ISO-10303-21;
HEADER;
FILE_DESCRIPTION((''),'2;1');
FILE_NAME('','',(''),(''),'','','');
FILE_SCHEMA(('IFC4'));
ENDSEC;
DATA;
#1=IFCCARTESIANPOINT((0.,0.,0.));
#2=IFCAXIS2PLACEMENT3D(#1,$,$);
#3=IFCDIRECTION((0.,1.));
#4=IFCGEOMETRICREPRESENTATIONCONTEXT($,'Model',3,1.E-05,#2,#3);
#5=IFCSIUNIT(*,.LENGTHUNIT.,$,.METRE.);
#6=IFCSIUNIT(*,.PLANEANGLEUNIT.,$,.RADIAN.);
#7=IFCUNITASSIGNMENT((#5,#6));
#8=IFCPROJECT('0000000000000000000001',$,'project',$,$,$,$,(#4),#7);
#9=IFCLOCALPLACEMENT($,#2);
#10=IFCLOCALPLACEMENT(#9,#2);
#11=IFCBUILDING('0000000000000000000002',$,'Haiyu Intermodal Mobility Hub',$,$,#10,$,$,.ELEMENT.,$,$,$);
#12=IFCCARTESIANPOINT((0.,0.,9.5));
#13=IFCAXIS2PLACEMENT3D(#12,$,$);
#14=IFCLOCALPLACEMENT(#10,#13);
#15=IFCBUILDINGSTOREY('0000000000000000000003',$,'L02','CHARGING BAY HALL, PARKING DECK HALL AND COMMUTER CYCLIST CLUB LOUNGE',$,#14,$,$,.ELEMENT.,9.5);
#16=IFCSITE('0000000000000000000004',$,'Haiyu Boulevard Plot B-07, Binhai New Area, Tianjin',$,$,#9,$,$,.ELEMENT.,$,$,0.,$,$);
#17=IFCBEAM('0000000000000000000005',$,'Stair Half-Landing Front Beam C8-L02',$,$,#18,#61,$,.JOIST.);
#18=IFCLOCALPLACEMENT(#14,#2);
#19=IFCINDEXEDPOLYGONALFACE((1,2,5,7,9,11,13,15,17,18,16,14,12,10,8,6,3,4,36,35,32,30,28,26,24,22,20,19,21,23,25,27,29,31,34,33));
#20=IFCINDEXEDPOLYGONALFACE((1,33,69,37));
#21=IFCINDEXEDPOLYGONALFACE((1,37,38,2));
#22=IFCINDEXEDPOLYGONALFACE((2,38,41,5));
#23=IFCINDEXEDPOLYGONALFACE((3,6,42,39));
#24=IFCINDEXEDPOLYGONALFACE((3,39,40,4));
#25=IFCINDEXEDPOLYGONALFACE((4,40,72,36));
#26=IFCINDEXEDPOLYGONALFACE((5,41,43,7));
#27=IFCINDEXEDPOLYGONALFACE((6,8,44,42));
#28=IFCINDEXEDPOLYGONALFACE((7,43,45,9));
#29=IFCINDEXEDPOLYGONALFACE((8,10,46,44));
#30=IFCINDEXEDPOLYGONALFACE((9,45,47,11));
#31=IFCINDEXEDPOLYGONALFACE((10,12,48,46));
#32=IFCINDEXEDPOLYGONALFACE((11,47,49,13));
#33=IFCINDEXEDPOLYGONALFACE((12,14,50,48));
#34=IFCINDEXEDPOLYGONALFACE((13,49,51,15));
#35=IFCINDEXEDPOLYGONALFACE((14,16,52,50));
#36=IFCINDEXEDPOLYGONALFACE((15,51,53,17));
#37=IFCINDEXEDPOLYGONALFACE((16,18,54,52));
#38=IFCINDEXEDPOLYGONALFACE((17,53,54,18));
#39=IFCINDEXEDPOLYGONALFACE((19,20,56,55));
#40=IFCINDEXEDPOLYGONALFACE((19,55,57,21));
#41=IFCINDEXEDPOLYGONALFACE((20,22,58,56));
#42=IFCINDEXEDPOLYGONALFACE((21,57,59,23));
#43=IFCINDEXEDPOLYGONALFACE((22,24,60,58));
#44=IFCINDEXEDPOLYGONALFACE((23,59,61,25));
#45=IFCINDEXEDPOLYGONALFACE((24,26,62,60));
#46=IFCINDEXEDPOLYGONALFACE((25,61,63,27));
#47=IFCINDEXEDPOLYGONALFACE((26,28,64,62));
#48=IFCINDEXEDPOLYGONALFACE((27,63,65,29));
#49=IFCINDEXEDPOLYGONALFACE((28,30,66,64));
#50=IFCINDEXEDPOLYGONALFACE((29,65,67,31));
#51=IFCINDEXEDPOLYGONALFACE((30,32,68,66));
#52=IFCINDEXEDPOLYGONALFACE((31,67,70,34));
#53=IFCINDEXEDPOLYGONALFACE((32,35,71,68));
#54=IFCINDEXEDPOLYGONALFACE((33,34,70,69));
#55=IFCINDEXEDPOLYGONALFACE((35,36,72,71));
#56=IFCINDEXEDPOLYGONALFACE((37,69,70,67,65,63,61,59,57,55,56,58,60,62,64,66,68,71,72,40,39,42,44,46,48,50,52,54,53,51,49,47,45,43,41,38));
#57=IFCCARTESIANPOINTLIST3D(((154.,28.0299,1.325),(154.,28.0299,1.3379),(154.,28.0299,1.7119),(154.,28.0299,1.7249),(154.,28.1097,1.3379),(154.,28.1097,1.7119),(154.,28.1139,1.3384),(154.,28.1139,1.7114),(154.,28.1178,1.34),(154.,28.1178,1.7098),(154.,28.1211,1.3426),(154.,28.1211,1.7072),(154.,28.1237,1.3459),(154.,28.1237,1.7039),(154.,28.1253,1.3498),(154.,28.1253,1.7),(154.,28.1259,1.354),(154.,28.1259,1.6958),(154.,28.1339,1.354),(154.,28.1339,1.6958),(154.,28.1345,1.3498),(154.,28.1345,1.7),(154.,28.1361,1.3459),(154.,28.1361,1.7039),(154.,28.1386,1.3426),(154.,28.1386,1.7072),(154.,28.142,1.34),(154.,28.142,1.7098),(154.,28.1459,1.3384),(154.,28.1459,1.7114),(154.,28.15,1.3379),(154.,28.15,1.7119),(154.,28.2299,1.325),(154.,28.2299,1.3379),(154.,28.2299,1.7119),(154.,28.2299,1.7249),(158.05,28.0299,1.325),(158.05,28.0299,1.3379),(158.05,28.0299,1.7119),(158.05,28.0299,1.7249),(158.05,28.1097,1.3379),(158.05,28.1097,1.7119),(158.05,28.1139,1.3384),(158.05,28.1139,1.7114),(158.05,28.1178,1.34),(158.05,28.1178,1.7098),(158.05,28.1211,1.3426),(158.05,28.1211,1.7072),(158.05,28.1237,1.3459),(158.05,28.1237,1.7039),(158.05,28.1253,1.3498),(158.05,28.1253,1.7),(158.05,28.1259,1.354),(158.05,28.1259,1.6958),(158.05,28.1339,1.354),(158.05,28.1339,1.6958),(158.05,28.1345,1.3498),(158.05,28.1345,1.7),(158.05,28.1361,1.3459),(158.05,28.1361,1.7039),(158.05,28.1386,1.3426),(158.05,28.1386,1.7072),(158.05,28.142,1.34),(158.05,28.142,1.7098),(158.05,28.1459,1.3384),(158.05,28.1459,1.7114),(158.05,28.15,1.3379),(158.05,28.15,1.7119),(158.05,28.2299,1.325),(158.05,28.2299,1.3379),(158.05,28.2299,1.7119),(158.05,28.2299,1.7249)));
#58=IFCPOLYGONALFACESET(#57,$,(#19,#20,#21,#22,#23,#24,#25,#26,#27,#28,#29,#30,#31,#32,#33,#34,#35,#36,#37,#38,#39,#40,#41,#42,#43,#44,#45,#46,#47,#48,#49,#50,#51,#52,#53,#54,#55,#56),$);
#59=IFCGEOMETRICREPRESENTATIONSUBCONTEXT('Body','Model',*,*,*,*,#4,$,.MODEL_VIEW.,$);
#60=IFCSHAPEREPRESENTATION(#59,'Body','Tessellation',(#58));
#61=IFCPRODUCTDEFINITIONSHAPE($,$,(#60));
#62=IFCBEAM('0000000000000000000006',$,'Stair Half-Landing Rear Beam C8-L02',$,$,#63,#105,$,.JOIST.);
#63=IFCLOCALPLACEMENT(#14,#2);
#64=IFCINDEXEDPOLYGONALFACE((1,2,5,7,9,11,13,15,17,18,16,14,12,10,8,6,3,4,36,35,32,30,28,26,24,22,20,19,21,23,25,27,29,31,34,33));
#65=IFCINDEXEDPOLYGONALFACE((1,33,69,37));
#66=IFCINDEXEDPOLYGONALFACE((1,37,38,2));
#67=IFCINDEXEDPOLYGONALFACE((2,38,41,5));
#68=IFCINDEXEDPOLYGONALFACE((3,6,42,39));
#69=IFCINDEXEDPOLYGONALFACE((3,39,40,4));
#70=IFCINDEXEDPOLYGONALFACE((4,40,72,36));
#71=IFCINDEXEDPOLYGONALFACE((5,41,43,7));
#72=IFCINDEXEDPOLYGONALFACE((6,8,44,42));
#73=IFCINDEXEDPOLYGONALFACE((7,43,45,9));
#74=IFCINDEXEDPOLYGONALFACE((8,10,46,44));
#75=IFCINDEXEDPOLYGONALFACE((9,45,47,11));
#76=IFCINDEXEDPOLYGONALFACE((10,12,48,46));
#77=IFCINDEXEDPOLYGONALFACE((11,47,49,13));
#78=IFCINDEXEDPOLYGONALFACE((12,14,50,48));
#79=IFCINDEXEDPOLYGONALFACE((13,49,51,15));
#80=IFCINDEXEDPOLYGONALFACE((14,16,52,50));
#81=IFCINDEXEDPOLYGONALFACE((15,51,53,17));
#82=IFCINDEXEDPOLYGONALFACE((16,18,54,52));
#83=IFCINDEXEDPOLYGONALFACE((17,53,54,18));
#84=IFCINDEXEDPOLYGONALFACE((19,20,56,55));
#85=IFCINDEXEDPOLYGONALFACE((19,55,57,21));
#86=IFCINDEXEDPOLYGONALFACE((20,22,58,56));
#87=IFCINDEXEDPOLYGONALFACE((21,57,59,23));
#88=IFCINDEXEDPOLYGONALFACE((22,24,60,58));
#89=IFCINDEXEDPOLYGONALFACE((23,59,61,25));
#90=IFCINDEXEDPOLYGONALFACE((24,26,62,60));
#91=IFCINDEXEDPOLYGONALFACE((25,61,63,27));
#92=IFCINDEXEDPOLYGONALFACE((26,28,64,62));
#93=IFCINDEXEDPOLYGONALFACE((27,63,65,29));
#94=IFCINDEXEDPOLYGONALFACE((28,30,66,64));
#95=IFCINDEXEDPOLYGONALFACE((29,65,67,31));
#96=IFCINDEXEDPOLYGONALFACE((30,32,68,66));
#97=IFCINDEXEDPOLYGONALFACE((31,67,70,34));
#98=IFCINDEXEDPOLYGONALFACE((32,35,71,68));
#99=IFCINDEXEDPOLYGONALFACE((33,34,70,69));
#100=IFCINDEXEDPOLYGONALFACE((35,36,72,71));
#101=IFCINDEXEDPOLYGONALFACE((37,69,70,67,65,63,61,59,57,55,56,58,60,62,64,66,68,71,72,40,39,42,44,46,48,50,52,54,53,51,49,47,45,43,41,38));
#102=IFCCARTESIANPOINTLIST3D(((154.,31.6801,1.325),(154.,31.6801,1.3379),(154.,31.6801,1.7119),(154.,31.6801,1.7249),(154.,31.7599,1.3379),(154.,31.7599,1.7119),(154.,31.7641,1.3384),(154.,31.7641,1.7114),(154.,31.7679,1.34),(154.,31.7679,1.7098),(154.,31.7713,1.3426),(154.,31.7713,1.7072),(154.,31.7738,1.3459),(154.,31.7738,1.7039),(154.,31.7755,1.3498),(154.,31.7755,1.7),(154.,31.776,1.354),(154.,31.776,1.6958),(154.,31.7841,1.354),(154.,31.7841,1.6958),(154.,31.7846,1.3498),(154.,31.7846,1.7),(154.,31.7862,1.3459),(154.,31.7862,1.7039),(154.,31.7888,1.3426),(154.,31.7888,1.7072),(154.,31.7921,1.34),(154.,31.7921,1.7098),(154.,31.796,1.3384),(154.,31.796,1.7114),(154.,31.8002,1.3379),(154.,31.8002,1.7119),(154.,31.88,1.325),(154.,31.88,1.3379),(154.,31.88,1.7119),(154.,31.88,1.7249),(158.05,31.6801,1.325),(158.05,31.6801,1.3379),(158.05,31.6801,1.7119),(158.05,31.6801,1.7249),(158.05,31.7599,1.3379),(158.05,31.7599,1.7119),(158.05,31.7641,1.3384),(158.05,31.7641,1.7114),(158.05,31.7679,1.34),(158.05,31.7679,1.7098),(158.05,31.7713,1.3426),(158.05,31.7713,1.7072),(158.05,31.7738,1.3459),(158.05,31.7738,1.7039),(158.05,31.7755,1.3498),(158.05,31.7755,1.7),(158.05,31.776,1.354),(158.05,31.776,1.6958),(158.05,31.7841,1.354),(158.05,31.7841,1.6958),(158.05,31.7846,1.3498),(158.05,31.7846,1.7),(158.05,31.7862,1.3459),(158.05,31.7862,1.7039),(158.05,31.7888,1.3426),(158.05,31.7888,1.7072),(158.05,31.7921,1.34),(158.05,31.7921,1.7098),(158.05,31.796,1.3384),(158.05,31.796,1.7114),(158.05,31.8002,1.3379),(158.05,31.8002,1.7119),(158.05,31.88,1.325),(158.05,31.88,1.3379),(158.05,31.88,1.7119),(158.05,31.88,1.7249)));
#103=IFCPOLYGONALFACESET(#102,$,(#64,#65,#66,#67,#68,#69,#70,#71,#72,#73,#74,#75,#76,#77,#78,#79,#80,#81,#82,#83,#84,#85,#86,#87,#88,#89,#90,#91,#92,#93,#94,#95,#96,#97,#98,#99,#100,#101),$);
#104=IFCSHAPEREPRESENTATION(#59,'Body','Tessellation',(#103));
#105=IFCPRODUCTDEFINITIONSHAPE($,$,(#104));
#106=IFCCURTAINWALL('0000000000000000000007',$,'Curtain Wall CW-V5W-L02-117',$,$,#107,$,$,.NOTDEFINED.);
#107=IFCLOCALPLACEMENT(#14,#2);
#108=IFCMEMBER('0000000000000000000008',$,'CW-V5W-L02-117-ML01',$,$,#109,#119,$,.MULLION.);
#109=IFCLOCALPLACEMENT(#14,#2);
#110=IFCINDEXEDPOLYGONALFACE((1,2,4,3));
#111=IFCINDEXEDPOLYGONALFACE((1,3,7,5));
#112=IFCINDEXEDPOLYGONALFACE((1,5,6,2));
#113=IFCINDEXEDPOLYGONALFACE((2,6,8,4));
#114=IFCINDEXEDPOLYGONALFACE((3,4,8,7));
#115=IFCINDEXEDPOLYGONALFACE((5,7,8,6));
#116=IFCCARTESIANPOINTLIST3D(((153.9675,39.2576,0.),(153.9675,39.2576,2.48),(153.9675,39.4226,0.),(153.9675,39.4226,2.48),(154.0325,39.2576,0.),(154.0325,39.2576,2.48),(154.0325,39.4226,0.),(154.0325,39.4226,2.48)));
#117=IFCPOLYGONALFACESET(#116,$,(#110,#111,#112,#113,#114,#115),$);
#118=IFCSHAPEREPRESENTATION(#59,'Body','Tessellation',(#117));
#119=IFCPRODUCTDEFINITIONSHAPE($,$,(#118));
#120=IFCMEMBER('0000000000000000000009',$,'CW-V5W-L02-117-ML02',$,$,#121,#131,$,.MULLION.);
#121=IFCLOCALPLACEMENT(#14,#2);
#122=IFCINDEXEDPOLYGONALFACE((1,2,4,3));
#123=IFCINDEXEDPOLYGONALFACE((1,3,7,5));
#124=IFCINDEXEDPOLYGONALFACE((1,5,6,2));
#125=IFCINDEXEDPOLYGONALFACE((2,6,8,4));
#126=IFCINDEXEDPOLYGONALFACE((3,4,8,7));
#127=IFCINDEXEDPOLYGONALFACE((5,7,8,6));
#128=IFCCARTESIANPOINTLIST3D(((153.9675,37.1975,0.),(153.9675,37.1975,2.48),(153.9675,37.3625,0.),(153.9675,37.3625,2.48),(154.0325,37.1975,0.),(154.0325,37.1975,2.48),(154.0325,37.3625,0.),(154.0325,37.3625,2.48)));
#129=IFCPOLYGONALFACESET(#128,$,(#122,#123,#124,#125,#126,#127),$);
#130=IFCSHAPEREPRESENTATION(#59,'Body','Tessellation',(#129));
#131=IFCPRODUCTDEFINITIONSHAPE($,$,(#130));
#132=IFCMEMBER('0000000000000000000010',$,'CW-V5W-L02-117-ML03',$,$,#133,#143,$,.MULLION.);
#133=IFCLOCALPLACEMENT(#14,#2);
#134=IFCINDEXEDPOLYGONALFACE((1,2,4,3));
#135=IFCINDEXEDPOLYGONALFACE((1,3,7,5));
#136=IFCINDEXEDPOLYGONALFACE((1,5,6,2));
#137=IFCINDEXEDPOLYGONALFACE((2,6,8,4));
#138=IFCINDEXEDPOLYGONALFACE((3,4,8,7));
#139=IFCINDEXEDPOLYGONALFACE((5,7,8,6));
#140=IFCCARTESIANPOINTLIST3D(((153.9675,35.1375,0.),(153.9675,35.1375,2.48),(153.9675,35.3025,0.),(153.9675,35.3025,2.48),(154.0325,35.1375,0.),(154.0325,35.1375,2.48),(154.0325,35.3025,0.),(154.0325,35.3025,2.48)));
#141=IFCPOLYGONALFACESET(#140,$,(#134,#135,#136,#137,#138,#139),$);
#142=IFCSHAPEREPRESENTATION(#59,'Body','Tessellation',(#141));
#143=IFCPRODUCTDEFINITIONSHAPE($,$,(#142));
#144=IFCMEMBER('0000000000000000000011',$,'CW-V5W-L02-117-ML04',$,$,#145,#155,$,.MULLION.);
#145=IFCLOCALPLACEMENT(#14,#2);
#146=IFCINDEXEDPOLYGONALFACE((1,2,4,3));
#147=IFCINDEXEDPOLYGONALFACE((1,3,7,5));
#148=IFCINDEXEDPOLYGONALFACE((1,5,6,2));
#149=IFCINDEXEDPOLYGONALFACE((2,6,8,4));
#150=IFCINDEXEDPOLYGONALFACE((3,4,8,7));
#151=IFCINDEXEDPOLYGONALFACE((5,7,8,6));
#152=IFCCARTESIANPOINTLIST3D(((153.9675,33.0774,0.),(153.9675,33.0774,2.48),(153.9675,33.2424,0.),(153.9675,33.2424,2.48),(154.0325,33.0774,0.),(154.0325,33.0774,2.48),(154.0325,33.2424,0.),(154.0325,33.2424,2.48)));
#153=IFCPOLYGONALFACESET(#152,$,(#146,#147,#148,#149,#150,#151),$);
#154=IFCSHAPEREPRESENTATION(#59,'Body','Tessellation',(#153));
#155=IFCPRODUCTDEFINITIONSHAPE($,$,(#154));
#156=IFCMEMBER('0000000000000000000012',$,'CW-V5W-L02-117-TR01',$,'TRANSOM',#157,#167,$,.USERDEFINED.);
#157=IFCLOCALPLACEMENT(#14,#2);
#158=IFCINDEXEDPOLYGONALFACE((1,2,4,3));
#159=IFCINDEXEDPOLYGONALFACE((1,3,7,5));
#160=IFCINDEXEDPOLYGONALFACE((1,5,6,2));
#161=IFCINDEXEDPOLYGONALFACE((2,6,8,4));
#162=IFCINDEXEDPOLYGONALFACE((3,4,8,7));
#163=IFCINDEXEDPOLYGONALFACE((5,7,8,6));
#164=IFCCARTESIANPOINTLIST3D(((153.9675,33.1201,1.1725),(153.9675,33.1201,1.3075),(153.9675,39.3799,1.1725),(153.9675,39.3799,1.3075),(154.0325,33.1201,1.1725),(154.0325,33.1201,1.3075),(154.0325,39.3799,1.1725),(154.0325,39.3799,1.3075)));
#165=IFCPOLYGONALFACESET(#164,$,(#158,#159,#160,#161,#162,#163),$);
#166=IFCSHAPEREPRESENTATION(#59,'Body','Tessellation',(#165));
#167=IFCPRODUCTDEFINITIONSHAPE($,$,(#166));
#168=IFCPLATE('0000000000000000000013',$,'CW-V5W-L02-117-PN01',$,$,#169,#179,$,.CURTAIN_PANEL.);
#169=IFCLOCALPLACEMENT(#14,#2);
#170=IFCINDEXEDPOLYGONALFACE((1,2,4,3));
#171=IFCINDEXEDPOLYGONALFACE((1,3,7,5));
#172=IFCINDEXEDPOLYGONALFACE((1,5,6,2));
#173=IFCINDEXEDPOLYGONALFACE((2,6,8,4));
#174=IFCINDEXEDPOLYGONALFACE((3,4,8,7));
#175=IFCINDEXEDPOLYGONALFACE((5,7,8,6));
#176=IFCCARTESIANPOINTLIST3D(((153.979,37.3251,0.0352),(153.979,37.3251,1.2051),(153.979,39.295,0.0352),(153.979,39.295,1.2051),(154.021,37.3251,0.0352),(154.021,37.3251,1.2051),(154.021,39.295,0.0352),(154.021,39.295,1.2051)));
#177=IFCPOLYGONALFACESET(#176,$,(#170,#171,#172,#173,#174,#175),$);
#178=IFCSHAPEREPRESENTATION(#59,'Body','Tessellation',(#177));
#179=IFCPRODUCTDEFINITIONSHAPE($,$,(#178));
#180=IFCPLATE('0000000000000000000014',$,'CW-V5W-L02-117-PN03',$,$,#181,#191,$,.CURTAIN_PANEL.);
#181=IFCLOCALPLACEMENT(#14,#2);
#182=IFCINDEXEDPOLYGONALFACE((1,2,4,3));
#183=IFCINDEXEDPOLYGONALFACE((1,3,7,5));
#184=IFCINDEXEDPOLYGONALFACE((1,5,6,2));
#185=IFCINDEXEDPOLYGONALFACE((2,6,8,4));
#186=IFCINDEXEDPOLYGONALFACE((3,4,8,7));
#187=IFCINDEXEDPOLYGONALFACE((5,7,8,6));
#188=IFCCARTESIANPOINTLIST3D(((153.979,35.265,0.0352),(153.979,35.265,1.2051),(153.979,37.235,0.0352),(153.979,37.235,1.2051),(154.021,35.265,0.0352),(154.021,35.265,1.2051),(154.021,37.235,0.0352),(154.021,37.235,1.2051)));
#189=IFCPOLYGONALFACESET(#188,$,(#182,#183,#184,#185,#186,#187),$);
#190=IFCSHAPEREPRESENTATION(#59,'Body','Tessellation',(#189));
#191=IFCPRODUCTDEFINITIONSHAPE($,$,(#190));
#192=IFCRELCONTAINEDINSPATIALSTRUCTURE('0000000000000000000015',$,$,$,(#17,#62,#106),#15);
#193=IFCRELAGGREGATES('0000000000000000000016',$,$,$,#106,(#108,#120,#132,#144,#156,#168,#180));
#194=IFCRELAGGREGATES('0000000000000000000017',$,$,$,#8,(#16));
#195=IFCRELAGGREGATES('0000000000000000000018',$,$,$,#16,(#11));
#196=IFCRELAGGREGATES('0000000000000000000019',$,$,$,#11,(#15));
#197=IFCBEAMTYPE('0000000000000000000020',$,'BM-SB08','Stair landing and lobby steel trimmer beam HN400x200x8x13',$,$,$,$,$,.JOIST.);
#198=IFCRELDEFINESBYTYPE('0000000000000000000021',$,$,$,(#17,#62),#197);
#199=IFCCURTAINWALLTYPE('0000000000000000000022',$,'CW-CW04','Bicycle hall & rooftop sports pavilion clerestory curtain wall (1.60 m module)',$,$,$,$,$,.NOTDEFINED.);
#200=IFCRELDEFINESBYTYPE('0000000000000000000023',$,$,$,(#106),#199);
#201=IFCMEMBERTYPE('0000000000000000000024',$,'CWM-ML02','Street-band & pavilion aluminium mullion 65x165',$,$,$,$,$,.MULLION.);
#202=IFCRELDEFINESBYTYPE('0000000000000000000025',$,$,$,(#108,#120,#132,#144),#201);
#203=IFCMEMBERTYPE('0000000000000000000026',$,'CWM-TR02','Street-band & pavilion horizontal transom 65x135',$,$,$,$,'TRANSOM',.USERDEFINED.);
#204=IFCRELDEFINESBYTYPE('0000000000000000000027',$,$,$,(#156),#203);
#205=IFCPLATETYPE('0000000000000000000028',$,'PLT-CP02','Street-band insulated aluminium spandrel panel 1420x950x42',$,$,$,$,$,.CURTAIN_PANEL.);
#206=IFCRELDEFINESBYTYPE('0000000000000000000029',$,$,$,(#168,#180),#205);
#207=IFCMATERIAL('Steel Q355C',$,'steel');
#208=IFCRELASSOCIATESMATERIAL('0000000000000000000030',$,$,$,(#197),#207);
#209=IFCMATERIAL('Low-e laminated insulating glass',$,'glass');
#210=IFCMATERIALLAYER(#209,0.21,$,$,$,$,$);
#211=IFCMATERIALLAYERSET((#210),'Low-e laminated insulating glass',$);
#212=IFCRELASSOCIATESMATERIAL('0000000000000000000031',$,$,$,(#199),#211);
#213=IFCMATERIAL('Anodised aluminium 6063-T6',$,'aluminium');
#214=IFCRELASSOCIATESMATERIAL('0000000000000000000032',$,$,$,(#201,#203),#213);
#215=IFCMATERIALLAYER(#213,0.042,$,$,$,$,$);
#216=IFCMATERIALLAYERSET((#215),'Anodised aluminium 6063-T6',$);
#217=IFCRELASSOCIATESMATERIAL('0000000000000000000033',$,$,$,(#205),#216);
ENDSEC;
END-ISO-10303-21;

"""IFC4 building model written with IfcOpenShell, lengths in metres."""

from ifc_helpers import new_model, si_unit, direction, frame, origin, origin_2d, place, context, subcontext, project, spatial, rectangle, i_section, extrude, material, layer, layer_set, material_profile, profile_set, type_object, element, aggregate, save


model = new_model("IFC4")

# Units and contexts
model_context = context("Model", 3, precision=1e-05, world=origin(), true_north=direction((0.0, 1.0)))
body_context = subcontext(model_context, "Body", "Model", "MODEL_VIEW")
ifc_project = project(units=[si_unit("LENGTHUNIT", "METRE"), si_unit("PLANEANGLEUNIT", "RADIAN")], contexts=[model_context])

# Site, building, storey
site_placement = place(None, origin())
site = spatial("IfcSite", under=ifc_project, at=site_placement, Name="Haiyu Boulevard Plot B-07, Binhai New Area, Tianjin", CompositionType="ELEMENT", RefElevation=0.0)
building_placement = place(site_placement, origin())
building = spatial("IfcBuilding", under=site, at=building_placement, Name="Haiyu Intermodal Mobility Hub", CompositionType="ELEMENT")
storey_placement = place(building_placement, frame((0.0, 0.0, 9.5)))
storey = spatial("IfcBuildingStorey", under=building, at=storey_placement, Name="L02", Description="CHARGING BAY HALL, PARKING DECK HALL AND COMMUTER CYCLIST CLUB LOUNGE", CompositionType="ELEMENT", Elevation=9.5)

# Beams
ifc_material_1 = material(Name="Steel Q355C", Category="steel")
ifc_material_profile_1 = material_profile(ifc_material_1, i_section(OverallWidth=0.2, OverallDepth=0.3999, WebThickness=0.0081, FlangeThickness=0.0129, FilletRadius=0.0161, at=origin_2d()), Name="HN400x200x8x13")
ifc_profile_set_1 = profile_set([ifc_material_profile_1], Name="Steel Q355C")
beam_type_1 = type_object("IfcBeamType", Name="BM-SB08", Description="Stair landing and lobby steel trimmer beam HN400x200x8x13", PredefinedType="JOIST", material=ifc_profile_set_1)
for number, where, z_axis, x_axis, name in (
    (1, (154.0, 28.1299, 1.5249), (1.0, 0.0, 0.0), (0.0, 1.0, 0.0), "Stair Half-Landing Front Beam C8-L02"),
    (2, (154.0, 31.78, 1.5249), (1.0, 0.0, 0.0), (0.0, 1.0, 0.0), "Stair Half-Landing Rear Beam C8-L02"),
):
    element("IfcBeam", number, at=place(storey_placement, frame(where, z_axis=z_axis, x_axis=x_axis)), inside=storey, type_object=beam_type_1, Name=name, PredefinedType="JOIST", context=body_context, shape_type="SweptSolid", body=[
        extrude(i_section(OverallWidth=0.2, OverallDepth=0.3999, WebThickness=0.0081, FlangeThickness=0.0129, FilletRadius=0.0161, at=origin_2d()), origin(), (0.0, 0.0, 1.0), 4.05),
    ])

# Curtain wall, members, plates
ifc_material_2 = material(Name="Low-e laminated insulating glass", Category="glass")
ifc_layer_1 = layer(ifc_material_2, 0.21)
ifc_layer_set_1 = layer_set([ifc_layer_1], Name="Low-e laminated insulating glass")
curtain_wall_type = type_object("IfcCurtainWallType", Name="CW-CW04", Description="Bicycle hall & rooftop sports pavilion clerestory curtain wall (1.60 m module)", PredefinedType="NOTDEFINED", material=ifc_layer_set_1)
curtain_wall_placement = place(storey_placement, origin())
curtain_wall = element("IfcCurtainWall", 3, at=curtain_wall_placement, inside=storey, type_object=curtain_wall_type, Name="Curtain Wall CW-V5W-L02-117", PredefinedType="NOTDEFINED")
ifc_material_3 = material(Name="Anodised aluminium 6063-T6", Category="aluminium")
ifc_material_profile_2 = material_profile(ifc_material_3, rectangle(XDim=0.0649, YDim=0.165, at=origin_2d()), Name="ALU65x165")
ifc_profile_set_2 = profile_set([ifc_material_profile_2], Name="Anodised aluminium 6063-T6")
member_type_1 = type_object("IfcMemberType", Name="CWM-ML02", Description="Street-band & pavilion aluminium mullion 65x165", PredefinedType="MULLION", material=ifc_profile_set_2)
member_1_placement = place(storey_placement, frame((154.0, 39.3401, 0.0), z_axis=(0.0, 0.0, 1.0), x_axis=(1.0, 0.0, 0.0)))
member_1 = element("IfcMember", 4, at=member_1_placement, type_object=member_type_1, Name="CW-V5W-L02-117-ML01", PredefinedType="MULLION", context=body_context, shape_type="SweptSolid", body=[
    extrude(rectangle(XDim=0.0649, YDim=0.165, at=origin_2d()), origin(), (0.0, 0.0, 1.0), 2.48),
])
member_2_placement = place(storey_placement, frame((154.0, 37.28, 0.0), z_axis=(0.0, 0.0, 1.0), x_axis=(1.0, 0.0, 0.0)))
member_2 = element("IfcMember", 5, at=member_2_placement, type_object=member_type_1, Name="CW-V5W-L02-117-ML02", PredefinedType="MULLION", context=body_context, shape_type="SweptSolid", body=[
    extrude(rectangle(XDim=0.0649, YDim=0.165, at=origin_2d()), origin(), (0.0, 0.0, 1.0), 2.48),
])
member_3_placement = place(storey_placement, frame((154.0, 35.22, 0.0), z_axis=(0.0, 0.0, 1.0), x_axis=(1.0, 0.0, 0.0)))
member_3 = element("IfcMember", 6, at=member_3_placement, type_object=member_type_1, Name="CW-V5W-L02-117-ML03", PredefinedType="MULLION", context=body_context, shape_type="SweptSolid", body=[
    extrude(rectangle(XDim=0.0649, YDim=0.165, at=origin_2d()), origin(), (0.0, 0.0, 1.0), 2.48),
])
member_4_placement = place(storey_placement, frame((154.0, 33.1599, 0.0), z_axis=(0.0, 0.0, 1.0), x_axis=(1.0, 0.0, 0.0)))
member_4 = element("IfcMember", 7, at=member_4_placement, type_object=member_type_1, Name="CW-V5W-L02-117-ML04", PredefinedType="MULLION", context=body_context, shape_type="SweptSolid", body=[
    extrude(rectangle(XDim=0.0649, YDim=0.165, at=origin_2d()), origin(), (0.0, 0.0, 1.0), 2.48),
])
ifc_material_profile_3 = material_profile(ifc_material_3, rectangle(XDim=0.0649, YDim=0.135, at=origin_2d()), Name="ALU65x135")
ifc_profile_set_3 = profile_set([ifc_material_profile_3], Name="Anodised aluminium 6063-T6")
member_type_2 = type_object("IfcMemberType", Name="CWM-TR02", Description="Street-band & pavilion horizontal transom 65x135", ElementType="TRANSOM", PredefinedType="USERDEFINED", material=ifc_profile_set_3)
member_5_placement = place(storey_placement, frame((154.0, 39.3799, 1.24), z_axis=(0.0, -1.0, 0.0), x_axis=(1.0, 0.0, 0.0)))
member_5 = element("IfcMember", 8, at=member_5_placement, type_object=member_type_2, Name="CW-V5W-L02-117-TR01", ObjectType="TRANSOM", PredefinedType="USERDEFINED", context=body_context, shape_type="SweptSolid", body=[
    extrude(rectangle(XDim=0.0649, YDim=0.135, at=origin_2d()), origin(), (0.0, 0.0, 1.0), 6.2598),
])
ifc_layer_2 = layer(ifc_material_3, 0.042)
ifc_layer_set_2 = layer_set([ifc_layer_2], Name="Anodised aluminium 6063-T6")
plate_type_1 = type_object("IfcPlateType", Name="PLT-CP02", Description="Street-band insulated aluminium spandrel panel 1420x950x42", PredefinedType="CURTAIN_PANEL", material=ifc_layer_set_2)
plate_1_placement = place(storey_placement, frame((154.0, 38.3101, 0.0352), z_axis=(0.0, 0.0, 1.0), x_axis=(0.0, -1.0, 0.0)))
plate_1 = element("IfcPlate", 9, at=plate_1_placement, type_object=plate_type_1, Name="CW-V5W-L02-117-PN01", PredefinedType="CURTAIN_PANEL", context=body_context, shape_type="SweptSolid", body=[
    extrude(rectangle(XDim=1.97, YDim=0.042, at=origin_2d()), origin(), (0.0, 0.0, 1.0), 1.1699),
])
plate_2_placement = place(storey_placement, frame((154.0, 36.25, 0.0352), z_axis=(0.0, 0.0, 1.0), x_axis=(0.0, -1.0, 0.0)))
plate_2 = element("IfcPlate", 10, at=plate_2_placement, type_object=plate_type_1, Name="CW-V5W-L02-117-PN03", PredefinedType="CURTAIN_PANEL", context=body_context, shape_type="SweptSolid", body=[
    extrude(rectangle(XDim=1.97, YDim=0.042, at=origin_2d()), origin(), (0.0, 0.0, 1.0), 1.1699),
])
aggregate(curtain_wall, [member_1, member_2, member_3, member_4, member_5, plate_1, plate_2])

save(model, "model.ifc")
